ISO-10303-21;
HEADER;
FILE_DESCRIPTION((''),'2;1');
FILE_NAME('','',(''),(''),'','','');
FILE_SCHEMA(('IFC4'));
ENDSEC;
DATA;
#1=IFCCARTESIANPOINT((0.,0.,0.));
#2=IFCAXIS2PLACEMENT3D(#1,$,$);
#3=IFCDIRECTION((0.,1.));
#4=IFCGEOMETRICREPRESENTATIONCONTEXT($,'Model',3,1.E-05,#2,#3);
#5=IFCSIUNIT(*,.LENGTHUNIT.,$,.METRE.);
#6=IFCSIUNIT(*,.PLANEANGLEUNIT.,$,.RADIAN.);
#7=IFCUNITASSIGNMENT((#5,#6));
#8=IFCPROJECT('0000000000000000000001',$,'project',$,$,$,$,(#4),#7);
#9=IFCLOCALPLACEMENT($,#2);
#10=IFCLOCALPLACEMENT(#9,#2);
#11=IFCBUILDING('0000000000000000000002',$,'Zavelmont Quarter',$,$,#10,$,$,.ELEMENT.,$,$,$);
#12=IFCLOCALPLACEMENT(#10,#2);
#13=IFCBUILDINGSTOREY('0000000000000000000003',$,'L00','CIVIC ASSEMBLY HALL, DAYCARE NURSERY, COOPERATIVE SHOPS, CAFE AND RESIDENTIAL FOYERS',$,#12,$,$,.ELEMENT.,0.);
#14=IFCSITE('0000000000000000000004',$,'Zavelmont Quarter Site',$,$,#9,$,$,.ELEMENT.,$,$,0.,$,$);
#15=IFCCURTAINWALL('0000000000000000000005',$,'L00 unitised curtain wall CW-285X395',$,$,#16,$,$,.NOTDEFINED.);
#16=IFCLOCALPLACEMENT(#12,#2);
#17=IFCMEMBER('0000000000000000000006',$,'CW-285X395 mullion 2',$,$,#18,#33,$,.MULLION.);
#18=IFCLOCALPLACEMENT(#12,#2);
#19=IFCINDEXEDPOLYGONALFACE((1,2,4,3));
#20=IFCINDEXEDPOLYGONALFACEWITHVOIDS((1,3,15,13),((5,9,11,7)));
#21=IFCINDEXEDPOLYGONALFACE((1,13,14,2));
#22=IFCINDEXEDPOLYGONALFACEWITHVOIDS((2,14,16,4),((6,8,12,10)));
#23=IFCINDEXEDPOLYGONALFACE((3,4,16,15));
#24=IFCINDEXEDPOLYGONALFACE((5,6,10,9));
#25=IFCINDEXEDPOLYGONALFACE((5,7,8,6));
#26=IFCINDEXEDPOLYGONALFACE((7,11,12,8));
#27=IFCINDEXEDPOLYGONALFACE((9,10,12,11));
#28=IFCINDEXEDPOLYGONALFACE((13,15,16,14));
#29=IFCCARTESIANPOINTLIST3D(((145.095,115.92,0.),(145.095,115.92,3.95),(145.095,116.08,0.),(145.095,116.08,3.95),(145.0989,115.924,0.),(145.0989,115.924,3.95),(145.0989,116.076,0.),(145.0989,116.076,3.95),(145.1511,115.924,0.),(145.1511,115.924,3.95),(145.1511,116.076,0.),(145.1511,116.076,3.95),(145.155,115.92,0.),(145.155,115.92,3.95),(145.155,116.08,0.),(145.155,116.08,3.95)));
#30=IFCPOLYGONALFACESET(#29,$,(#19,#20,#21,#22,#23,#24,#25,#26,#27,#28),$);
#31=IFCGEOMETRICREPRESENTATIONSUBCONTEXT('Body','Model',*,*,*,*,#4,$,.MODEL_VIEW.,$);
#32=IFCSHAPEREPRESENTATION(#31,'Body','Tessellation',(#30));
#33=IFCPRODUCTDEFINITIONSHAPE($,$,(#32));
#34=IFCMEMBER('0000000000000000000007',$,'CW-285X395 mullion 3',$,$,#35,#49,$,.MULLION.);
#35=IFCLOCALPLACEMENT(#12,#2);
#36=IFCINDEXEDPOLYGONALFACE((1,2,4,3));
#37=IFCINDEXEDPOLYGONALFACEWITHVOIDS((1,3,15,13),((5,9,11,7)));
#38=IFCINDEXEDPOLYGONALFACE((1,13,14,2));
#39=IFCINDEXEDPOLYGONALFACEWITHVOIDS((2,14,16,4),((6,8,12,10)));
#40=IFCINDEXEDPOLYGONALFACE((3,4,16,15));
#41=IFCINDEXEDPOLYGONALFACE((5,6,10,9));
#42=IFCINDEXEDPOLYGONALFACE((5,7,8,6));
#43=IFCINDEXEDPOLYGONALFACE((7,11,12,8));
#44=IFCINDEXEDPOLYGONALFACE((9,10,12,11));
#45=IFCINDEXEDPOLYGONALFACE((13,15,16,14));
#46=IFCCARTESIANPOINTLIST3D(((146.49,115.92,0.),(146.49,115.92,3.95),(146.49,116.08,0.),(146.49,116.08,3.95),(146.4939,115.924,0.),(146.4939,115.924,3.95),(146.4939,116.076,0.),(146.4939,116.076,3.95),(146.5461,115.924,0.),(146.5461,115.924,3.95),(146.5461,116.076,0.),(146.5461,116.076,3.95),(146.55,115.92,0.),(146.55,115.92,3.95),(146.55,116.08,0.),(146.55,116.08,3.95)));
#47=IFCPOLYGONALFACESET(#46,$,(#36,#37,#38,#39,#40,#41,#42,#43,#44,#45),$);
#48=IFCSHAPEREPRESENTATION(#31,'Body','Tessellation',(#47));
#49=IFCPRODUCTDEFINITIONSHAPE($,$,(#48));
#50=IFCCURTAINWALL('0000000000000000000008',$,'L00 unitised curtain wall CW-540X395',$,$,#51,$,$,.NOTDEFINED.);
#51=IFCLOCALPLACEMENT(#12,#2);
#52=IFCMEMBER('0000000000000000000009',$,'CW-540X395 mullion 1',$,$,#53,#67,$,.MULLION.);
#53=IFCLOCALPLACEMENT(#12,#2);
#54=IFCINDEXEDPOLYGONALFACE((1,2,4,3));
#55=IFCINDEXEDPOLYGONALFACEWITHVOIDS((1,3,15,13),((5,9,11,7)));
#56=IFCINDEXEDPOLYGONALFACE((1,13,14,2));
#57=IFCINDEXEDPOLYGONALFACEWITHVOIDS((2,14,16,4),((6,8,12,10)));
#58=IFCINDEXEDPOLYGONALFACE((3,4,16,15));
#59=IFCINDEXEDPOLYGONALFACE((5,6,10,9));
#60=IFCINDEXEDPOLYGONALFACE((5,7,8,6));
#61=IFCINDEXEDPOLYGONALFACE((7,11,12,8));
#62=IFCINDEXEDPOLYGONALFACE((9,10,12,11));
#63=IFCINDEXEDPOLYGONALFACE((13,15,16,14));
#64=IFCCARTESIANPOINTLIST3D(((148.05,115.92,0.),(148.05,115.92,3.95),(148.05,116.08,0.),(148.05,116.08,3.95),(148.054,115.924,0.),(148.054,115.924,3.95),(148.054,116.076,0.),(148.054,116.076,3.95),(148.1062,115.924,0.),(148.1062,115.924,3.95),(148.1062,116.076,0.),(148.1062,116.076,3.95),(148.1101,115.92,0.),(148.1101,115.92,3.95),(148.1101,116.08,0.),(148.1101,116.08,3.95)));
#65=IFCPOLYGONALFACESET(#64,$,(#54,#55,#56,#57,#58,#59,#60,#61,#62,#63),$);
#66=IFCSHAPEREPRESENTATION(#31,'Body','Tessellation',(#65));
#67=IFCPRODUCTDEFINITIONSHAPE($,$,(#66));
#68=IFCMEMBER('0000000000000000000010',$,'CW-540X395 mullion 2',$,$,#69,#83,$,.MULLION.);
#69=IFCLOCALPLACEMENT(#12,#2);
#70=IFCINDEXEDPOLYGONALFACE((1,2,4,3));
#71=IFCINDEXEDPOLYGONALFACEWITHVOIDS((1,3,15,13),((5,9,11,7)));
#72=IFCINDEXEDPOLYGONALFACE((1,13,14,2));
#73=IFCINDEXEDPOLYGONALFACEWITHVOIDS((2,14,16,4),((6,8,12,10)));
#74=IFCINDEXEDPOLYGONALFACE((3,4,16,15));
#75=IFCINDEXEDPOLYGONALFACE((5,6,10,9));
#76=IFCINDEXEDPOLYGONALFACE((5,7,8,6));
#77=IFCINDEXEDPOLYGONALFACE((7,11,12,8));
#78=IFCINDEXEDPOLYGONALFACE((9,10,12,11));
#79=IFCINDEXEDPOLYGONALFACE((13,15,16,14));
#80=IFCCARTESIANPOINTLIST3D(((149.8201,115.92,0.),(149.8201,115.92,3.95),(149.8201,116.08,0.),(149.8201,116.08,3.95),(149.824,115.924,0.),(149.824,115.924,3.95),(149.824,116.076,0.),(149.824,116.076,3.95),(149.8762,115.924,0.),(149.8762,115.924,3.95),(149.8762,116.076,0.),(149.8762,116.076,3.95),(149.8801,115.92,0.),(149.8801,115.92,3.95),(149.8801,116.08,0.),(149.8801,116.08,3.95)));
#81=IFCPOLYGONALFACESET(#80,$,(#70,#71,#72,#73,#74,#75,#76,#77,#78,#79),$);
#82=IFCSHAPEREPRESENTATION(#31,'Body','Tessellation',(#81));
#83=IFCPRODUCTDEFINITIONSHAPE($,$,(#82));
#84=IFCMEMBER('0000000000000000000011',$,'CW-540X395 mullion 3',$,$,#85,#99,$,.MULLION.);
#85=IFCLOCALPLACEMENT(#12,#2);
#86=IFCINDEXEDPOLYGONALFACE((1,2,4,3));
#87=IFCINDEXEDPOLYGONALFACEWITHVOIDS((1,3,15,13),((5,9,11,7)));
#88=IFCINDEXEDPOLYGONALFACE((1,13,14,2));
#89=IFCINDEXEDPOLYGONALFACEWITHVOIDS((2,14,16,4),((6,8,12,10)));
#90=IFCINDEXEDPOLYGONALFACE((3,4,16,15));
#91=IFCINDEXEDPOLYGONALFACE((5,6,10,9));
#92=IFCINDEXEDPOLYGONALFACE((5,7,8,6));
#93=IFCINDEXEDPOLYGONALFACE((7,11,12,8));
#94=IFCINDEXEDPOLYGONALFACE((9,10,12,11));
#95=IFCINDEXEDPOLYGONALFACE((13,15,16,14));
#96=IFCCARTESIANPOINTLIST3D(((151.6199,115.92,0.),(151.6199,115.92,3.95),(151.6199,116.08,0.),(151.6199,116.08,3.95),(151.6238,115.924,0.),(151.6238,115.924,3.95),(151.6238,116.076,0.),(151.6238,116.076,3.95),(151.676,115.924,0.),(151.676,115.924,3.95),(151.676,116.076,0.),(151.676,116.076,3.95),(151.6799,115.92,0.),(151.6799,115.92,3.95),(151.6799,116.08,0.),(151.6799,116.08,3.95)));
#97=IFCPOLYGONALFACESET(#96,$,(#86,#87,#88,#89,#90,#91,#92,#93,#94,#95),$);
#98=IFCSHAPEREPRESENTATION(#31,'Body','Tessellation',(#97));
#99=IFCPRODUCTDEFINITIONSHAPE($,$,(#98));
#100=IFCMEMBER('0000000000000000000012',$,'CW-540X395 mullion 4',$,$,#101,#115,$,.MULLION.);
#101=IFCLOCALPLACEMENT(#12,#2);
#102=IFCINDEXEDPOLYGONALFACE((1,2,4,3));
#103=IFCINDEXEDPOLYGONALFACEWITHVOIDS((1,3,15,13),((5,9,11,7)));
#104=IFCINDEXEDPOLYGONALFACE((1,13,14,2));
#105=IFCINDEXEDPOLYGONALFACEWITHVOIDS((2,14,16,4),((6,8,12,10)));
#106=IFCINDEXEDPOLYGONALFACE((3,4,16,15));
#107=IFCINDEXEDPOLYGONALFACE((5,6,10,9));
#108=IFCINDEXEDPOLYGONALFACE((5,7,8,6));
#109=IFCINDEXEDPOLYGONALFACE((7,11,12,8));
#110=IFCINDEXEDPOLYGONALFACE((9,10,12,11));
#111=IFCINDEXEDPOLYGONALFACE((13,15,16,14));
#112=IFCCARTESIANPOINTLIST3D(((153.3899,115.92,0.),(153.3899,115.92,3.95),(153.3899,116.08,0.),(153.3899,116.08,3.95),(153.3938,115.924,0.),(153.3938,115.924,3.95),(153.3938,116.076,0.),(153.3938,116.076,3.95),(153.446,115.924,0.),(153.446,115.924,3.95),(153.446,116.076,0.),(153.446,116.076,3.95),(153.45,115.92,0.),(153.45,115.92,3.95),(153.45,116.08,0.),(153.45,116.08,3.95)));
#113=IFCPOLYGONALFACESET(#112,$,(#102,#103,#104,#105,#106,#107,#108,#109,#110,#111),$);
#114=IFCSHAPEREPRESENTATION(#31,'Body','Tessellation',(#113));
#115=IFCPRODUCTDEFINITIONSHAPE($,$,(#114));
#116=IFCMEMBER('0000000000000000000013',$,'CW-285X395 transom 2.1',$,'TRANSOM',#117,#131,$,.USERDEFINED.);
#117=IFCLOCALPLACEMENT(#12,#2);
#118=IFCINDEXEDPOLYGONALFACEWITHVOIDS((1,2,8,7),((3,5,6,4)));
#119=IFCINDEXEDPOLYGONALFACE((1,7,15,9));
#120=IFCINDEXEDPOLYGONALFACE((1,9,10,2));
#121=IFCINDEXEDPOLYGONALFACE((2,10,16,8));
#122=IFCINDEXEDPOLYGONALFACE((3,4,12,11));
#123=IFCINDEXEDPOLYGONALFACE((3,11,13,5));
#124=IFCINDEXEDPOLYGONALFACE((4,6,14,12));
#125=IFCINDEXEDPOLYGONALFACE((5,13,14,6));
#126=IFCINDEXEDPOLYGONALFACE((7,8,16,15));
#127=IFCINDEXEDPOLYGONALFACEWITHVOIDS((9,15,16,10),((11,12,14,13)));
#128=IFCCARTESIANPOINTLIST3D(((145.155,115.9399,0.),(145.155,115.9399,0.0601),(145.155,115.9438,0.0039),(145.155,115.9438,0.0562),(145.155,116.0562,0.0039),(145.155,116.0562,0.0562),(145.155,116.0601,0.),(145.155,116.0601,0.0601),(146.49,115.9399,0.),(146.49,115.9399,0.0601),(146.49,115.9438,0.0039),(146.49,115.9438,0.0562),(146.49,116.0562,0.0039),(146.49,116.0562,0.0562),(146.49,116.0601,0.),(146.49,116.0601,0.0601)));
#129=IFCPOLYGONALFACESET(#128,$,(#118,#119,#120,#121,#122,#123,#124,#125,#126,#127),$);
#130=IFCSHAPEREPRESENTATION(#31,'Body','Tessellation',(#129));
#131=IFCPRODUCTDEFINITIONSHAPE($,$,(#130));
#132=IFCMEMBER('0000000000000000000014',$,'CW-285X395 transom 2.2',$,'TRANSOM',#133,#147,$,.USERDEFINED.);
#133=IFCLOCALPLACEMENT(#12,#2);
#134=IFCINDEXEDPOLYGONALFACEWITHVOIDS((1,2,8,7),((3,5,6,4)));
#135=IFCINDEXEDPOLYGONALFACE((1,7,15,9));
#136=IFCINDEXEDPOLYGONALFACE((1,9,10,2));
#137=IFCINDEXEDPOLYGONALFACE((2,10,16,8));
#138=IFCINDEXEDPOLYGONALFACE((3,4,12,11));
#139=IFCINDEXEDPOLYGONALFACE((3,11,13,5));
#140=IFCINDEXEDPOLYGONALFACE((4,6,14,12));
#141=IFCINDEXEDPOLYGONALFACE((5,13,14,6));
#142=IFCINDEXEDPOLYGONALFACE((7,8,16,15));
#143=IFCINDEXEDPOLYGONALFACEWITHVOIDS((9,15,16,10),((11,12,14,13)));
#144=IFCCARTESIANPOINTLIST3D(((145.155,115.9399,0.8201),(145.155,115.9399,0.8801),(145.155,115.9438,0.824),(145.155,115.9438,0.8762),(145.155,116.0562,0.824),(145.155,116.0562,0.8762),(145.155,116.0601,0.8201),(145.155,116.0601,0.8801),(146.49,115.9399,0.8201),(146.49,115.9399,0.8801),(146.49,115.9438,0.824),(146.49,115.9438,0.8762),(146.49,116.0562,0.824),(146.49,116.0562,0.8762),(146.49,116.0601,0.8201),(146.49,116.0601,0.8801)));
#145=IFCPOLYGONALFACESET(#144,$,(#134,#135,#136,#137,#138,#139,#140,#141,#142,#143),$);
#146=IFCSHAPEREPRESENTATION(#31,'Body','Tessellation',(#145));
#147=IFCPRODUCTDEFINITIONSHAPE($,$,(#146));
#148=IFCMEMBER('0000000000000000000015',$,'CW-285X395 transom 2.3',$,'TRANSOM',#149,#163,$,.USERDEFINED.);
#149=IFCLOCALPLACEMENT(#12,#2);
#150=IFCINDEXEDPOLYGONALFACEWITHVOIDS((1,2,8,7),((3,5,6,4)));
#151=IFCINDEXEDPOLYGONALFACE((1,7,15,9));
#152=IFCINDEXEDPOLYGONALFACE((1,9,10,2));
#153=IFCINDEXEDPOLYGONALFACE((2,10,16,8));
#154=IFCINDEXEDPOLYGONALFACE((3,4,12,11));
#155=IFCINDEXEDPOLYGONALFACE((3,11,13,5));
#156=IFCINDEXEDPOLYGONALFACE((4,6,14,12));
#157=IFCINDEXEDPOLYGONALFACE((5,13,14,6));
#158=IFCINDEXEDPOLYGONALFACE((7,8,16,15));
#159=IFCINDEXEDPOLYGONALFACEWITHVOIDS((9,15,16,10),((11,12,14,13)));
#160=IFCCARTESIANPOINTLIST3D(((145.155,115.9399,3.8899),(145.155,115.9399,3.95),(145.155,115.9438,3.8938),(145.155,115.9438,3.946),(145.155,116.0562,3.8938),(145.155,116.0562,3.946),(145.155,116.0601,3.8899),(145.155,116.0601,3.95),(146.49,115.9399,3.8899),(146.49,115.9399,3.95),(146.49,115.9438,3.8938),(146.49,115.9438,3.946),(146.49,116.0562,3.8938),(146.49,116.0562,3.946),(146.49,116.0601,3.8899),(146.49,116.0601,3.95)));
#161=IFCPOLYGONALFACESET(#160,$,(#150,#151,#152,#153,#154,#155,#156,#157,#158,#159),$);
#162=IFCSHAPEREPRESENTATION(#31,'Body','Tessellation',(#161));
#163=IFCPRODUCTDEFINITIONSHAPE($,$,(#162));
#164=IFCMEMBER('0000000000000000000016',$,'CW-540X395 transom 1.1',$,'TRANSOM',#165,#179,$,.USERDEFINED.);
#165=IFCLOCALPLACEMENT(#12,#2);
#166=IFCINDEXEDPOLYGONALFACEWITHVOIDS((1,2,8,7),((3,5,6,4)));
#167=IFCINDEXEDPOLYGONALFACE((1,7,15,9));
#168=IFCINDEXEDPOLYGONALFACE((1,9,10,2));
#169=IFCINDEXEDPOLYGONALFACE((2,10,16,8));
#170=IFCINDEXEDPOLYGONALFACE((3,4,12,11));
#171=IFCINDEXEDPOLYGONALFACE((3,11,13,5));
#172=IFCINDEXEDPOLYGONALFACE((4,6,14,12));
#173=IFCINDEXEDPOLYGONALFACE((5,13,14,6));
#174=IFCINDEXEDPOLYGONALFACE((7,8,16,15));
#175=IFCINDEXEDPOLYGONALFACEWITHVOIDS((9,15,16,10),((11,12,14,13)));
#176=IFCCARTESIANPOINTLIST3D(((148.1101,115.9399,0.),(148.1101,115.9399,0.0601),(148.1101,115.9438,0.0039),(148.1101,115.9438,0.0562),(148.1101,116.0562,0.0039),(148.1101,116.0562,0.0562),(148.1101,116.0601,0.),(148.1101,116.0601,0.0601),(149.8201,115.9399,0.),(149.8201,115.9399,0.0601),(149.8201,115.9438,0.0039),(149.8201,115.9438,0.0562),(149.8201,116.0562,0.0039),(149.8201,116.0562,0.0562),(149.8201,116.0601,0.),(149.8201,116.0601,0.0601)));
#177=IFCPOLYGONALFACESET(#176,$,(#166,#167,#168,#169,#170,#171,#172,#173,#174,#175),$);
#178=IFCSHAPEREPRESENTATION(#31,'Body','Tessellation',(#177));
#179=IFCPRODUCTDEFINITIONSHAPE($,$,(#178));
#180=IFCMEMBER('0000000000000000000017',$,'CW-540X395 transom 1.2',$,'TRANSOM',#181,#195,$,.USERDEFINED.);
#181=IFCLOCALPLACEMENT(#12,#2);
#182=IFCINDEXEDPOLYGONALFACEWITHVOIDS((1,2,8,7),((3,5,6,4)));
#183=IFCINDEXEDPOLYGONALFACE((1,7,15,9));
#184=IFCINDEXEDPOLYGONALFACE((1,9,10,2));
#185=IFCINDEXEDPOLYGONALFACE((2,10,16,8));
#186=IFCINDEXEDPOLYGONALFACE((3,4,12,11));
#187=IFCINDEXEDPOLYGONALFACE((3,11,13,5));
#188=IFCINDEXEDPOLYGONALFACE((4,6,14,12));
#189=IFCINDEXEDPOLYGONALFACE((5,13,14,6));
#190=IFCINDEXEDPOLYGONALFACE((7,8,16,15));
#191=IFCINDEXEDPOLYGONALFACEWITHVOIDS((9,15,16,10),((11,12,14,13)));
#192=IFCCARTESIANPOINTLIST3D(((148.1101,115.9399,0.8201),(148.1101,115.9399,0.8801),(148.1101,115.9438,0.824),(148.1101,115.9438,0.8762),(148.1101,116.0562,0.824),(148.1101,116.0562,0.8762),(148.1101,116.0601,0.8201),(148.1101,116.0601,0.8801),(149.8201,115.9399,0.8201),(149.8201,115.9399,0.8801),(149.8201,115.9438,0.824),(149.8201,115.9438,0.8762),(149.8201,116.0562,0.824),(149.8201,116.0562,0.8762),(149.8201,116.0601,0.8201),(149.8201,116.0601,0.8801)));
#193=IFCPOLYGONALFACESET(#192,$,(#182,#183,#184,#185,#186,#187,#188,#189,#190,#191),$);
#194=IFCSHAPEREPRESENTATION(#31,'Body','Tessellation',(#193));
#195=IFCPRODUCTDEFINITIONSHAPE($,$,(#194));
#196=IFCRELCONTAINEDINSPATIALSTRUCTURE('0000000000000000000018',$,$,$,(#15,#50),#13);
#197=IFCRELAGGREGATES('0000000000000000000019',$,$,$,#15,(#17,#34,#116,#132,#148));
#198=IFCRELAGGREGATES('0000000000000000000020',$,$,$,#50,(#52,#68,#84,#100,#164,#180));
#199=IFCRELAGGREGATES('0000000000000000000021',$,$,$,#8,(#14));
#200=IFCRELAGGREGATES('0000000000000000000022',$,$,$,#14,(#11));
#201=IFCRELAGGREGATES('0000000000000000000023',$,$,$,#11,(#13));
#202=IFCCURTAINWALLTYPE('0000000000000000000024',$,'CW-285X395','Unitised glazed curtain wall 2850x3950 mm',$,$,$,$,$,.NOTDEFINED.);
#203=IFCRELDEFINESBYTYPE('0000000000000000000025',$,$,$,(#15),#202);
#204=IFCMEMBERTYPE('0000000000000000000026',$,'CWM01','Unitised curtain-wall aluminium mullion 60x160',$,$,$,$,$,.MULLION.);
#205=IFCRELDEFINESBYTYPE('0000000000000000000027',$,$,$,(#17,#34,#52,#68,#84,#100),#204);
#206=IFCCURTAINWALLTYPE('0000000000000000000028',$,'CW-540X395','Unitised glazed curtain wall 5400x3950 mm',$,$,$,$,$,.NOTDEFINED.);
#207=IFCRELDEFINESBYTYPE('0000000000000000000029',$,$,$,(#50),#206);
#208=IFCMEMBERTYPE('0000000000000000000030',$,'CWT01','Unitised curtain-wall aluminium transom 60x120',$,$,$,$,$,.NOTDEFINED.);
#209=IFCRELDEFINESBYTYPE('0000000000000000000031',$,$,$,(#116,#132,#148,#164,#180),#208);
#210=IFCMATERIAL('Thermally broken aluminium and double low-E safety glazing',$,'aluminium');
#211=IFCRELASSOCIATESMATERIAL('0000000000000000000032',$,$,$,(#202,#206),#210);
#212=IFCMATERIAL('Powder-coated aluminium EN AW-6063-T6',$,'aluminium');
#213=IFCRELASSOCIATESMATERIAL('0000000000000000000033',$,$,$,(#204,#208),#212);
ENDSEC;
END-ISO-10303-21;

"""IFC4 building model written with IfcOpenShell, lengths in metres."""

from ifc_helpers import new_model, si_unit, direction, frame, origin, origin_2d, place, context, subcontext, project, spatial, hollow_rectangle, extrude, material, material_profile, profile_set, type_object, element, aggregate, save


model = new_model("IFC4")

# Units and contexts
model_context = context("Model", 3, precision=1e-05, world=origin(), true_north=direction((0.0, 1.0)))
body_context = subcontext(model_context, "Body", "Model", "MODEL_VIEW")
ifc_project = project(units=[si_unit("LENGTHUNIT", "METRE"), si_unit("PLANEANGLEUNIT", "RADIAN")], contexts=[model_context])

# Site, building, storey
site_placement = place(None, origin())
site = spatial("IfcSite", under=ifc_project, at=site_placement, Name="Zavelmont Quarter Site", CompositionType="ELEMENT", RefElevation=0.0)
building_placement = place(site_placement, origin())
building = spatial("IfcBuilding", under=site, at=building_placement, Name="Zavelmont Quarter", CompositionType="ELEMENT")
storey_placement = place(building_placement, origin())
storey = spatial("IfcBuildingStorey", under=building, at=storey_placement, Name="L00", Description="CIVIC ASSEMBLY HALL, DAYCARE NURSERY, COOPERATIVE SHOPS, CAFE AND RESIDENTIAL FOYERS", CompositionType="ELEMENT", Elevation=0.0)

# Curtain walls, members
ifc_material_1 = material(Name="Thermally broken aluminium and double low-E safety glazing", Category="aluminium")
curtain_wall_type_1 = type_object("IfcCurtainWallType", Name="CW-285X395", Description="Unitised glazed curtain wall 2850x3950 mm", PredefinedType="NOTDEFINED", material=ifc_material_1)
curtain_wall_1_placement = place(storey_placement, origin())
curtain_wall_1 = element("IfcCurtainWall", 1, at=curtain_wall_1_placement, inside=storey, type_object=curtain_wall_type_1, Name="L00 unitised curtain wall CW-285X395", PredefinedType="NOTDEFINED")
ifc_material_2 = material(Name="Powder-coated aluminium EN AW-6063-T6", Category="aluminium")
ifc_material_profile_1 = material_profile(ifc_material_2, hollow_rectangle(XDim=0.0601, YDim=0.1599, WallThickness=0.0039, at=origin_2d()), Name="CWM60X160")
ifc_profile_set_1 = profile_set([ifc_material_profile_1], Name="Powder-coated aluminium EN AW-6063-T6")
member_type_1 = type_object("IfcMemberType", Name="CWM01", Description="Unitised curtain-wall aluminium mullion 60x160", PredefinedType="MULLION", material=ifc_profile_set_1)
member_1_placement = place(storey_placement, frame((145.125, 116.0, 0.0), z_axis=(0.0, 0.0, 1.0), x_axis=(1.0, 0.0, 0.0)))
member_1 = element("IfcMember", 2, at=member_1_placement, type_object=member_type_1, Name="CW-285X395 mullion 2", PredefinedType="MULLION", context=body_context, shape_type="SweptSolid", body=[
    extrude(hollow_rectangle(XDim=0.0601, YDim=0.1599, WallThickness=0.0039, at=origin_2d()), origin(), (0.0, 0.0, 1.0), 3.95),
])
member_2_placement = place(storey_placement, frame((146.52, 116.0, 0.0), z_axis=(0.0, 0.0, 1.0), x_axis=(1.0, 0.0, 0.0)))
member_2 = element("IfcMember", 3, at=member_2_placement, type_object=member_type_1, Name="CW-285X395 mullion 3", PredefinedType="MULLION", context=body_context, shape_type="SweptSolid", body=[
    extrude(hollow_rectangle(XDim=0.0601, YDim=0.1599, WallThickness=0.0039, at=origin_2d()), origin(), (0.0, 0.0, 1.0), 3.95),
])
curtain_wall_type_2 = type_object("IfcCurtainWallType", Name="CW-540X395", Description="Unitised glazed curtain wall 5400x3950 mm", PredefinedType="NOTDEFINED", material=ifc_material_1)
curtain_wall_2_placement = place(storey_placement, origin())
curtain_wall_2 = element("IfcCurtainWall", 4, at=curtain_wall_2_placement, inside=storey, type_object=curtain_wall_type_2, Name="L00 unitised curtain wall CW-540X395", PredefinedType="NOTDEFINED")
member_3_placement = place(storey_placement, frame((148.0801, 116.0, 0.0), z_axis=(0.0, 0.0, 1.0), x_axis=(1.0, 0.0, 0.0)))
member_3 = element("IfcMember", 5, at=member_3_placement, type_object=member_type_1, Name="CW-540X395 mullion 1", PredefinedType="MULLION", context=body_context, shape_type="SweptSolid", body=[
    extrude(hollow_rectangle(XDim=0.0601, YDim=0.1599, WallThickness=0.0039, at=origin_2d()), origin(), (0.0, 0.0, 1.0), 3.95),
])
member_4_placement = place(storey_placement, frame((149.8501, 116.0, 0.0), z_axis=(0.0, 0.0, 1.0), x_axis=(1.0, 0.0, 0.0)))
member_4 = element("IfcMember", 6, at=member_4_placement, type_object=member_type_1, Name="CW-540X395 mullion 2", PredefinedType="MULLION", context=body_context, shape_type="SweptSolid", body=[
    extrude(hollow_rectangle(XDim=0.0601, YDim=0.1599, WallThickness=0.0039, at=origin_2d()), origin(), (0.0, 0.0, 1.0), 3.95),
])
member_5_placement = place(storey_placement, frame((151.6499, 116.0, 0.0), z_axis=(0.0, 0.0, 1.0), x_axis=(1.0, 0.0, 0.0)))
member_5 = element("IfcMember", 7, at=member_5_placement, type_object=member_type_1, Name="CW-540X395 mullion 3", PredefinedType="MULLION", context=body_context, shape_type="SweptSolid", body=[
    extrude(hollow_rectangle(XDim=0.0601, YDim=0.1599, WallThickness=0.0039, at=origin_2d()), origin(), (0.0, 0.0, 1.0), 3.95),
])
member_6_placement = place(storey_placement, frame((153.4199, 116.0, 0.0), z_axis=(0.0, 0.0, 1.0), x_axis=(1.0, 0.0, 0.0)))
member_6 = element("IfcMember", 8, at=member_6_placement, type_object=member_type_1, Name="CW-540X395 mullion 4", PredefinedType="MULLION", context=body_context, shape_type="SweptSolid", body=[
    extrude(hollow_rectangle(XDim=0.0601, YDim=0.1599, WallThickness=0.0039, at=origin_2d()), origin(), (0.0, 0.0, 1.0), 3.95),
])

# Members
ifc_material_profile_2 = material_profile(ifc_material_2, hollow_rectangle(XDim=0.1201, YDim=0.0601, WallThickness=0.0039, at=origin_2d()), Name="CWT60X120")
ifc_profile_set_2 = profile_set([ifc_material_profile_2], Name="Powder-coated aluminium EN AW-6063-T6")
member_type_2 = type_object("IfcMemberType", Name="CWT01", Description="Unitised curtain-wall aluminium transom 60x120", PredefinedType="NOTDEFINED", material=ifc_profile_set_2)
member_7_placement = place(storey_placement, frame((145.155, 116.0, 0.03), z_axis=(1.0, 0.0, 0.0), x_axis=(0.0, 1.0, 0.0)))
member_7 = element("IfcMember", 9, at=member_7_placement, type_object=member_type_2, Name="CW-285X395 transom 2.1", ObjectType="TRANSOM", PredefinedType="USERDEFINED", context=body_context, shape_type="SweptSolid", body=[
    extrude(hollow_rectangle(XDim=0.1201, YDim=0.0601, WallThickness=0.0039, at=origin_2d()), origin(), (0.0, 0.0, 1.0), 1.335),
])
member_8_placement = place(storey_placement, frame((145.155, 116.0, 0.8501), z_axis=(1.0, 0.0, 0.0), x_axis=(0.0, 1.0, 0.0)))
member_8 = element("IfcMember", 10, at=member_8_placement, type_object=member_type_2, Name="CW-285X395 transom 2.2", ObjectType="TRANSOM", PredefinedType="USERDEFINED", context=body_context, shape_type="SweptSolid", body=[
    extrude(hollow_rectangle(XDim=0.1201, YDim=0.0601, WallThickness=0.0039, at=origin_2d()), origin(), (0.0, 0.0, 1.0), 1.335),
])
member_9_placement = place(storey_placement, frame((145.155, 116.0, 3.9199), z_axis=(1.0, 0.0, 0.0), x_axis=(0.0, 1.0, 0.0)))
member_9 = element("IfcMember", 11, at=member_9_placement, type_object=member_type_2, Name="CW-285X395 transom 2.3", ObjectType="TRANSOM", PredefinedType="USERDEFINED", context=body_context, shape_type="SweptSolid", body=[
    extrude(hollow_rectangle(XDim=0.1201, YDim=0.0601, WallThickness=0.0039, at=origin_2d()), origin(), (0.0, 0.0, 1.0), 1.335),
])
member_10_placement = place(storey_placement, frame((148.1101, 116.0, 0.03), z_axis=(1.0, 0.0, 0.0), x_axis=(0.0, 1.0, 0.0)))
member_10 = element("IfcMember", 12, at=member_10_placement, type_object=member_type_2, Name="CW-540X395 transom 1.1", ObjectType="TRANSOM", PredefinedType="USERDEFINED", context=body_context, shape_type="SweptSolid", body=[
    extrude(hollow_rectangle(XDim=0.1201, YDim=0.0601, WallThickness=0.0039, at=origin_2d()), origin(), (0.0, 0.0, 1.0), 1.71),
])
member_11_placement = place(storey_placement, frame((148.1101, 116.0, 0.8501), z_axis=(1.0, 0.0, 0.0), x_axis=(0.0, 1.0, 0.0)))
member_11 = element("IfcMember", 13, at=member_11_placement, type_object=member_type_2, Name="CW-540X395 transom 1.2", ObjectType="TRANSOM", PredefinedType="USERDEFINED", context=body_context, shape_type="SweptSolid", body=[
    extrude(hollow_rectangle(XDim=0.1201, YDim=0.0601, WallThickness=0.0039, at=origin_2d()), origin(), (0.0, 0.0, 1.0), 1.71),
])

aggregate(curtain_wall_1, [member_1, member_2, member_7, member_8, member_9])
aggregate(curtain_wall_2, [member_3, member_4, member_5, member_6, member_10, member_11])

save(model, "model.ifc")
